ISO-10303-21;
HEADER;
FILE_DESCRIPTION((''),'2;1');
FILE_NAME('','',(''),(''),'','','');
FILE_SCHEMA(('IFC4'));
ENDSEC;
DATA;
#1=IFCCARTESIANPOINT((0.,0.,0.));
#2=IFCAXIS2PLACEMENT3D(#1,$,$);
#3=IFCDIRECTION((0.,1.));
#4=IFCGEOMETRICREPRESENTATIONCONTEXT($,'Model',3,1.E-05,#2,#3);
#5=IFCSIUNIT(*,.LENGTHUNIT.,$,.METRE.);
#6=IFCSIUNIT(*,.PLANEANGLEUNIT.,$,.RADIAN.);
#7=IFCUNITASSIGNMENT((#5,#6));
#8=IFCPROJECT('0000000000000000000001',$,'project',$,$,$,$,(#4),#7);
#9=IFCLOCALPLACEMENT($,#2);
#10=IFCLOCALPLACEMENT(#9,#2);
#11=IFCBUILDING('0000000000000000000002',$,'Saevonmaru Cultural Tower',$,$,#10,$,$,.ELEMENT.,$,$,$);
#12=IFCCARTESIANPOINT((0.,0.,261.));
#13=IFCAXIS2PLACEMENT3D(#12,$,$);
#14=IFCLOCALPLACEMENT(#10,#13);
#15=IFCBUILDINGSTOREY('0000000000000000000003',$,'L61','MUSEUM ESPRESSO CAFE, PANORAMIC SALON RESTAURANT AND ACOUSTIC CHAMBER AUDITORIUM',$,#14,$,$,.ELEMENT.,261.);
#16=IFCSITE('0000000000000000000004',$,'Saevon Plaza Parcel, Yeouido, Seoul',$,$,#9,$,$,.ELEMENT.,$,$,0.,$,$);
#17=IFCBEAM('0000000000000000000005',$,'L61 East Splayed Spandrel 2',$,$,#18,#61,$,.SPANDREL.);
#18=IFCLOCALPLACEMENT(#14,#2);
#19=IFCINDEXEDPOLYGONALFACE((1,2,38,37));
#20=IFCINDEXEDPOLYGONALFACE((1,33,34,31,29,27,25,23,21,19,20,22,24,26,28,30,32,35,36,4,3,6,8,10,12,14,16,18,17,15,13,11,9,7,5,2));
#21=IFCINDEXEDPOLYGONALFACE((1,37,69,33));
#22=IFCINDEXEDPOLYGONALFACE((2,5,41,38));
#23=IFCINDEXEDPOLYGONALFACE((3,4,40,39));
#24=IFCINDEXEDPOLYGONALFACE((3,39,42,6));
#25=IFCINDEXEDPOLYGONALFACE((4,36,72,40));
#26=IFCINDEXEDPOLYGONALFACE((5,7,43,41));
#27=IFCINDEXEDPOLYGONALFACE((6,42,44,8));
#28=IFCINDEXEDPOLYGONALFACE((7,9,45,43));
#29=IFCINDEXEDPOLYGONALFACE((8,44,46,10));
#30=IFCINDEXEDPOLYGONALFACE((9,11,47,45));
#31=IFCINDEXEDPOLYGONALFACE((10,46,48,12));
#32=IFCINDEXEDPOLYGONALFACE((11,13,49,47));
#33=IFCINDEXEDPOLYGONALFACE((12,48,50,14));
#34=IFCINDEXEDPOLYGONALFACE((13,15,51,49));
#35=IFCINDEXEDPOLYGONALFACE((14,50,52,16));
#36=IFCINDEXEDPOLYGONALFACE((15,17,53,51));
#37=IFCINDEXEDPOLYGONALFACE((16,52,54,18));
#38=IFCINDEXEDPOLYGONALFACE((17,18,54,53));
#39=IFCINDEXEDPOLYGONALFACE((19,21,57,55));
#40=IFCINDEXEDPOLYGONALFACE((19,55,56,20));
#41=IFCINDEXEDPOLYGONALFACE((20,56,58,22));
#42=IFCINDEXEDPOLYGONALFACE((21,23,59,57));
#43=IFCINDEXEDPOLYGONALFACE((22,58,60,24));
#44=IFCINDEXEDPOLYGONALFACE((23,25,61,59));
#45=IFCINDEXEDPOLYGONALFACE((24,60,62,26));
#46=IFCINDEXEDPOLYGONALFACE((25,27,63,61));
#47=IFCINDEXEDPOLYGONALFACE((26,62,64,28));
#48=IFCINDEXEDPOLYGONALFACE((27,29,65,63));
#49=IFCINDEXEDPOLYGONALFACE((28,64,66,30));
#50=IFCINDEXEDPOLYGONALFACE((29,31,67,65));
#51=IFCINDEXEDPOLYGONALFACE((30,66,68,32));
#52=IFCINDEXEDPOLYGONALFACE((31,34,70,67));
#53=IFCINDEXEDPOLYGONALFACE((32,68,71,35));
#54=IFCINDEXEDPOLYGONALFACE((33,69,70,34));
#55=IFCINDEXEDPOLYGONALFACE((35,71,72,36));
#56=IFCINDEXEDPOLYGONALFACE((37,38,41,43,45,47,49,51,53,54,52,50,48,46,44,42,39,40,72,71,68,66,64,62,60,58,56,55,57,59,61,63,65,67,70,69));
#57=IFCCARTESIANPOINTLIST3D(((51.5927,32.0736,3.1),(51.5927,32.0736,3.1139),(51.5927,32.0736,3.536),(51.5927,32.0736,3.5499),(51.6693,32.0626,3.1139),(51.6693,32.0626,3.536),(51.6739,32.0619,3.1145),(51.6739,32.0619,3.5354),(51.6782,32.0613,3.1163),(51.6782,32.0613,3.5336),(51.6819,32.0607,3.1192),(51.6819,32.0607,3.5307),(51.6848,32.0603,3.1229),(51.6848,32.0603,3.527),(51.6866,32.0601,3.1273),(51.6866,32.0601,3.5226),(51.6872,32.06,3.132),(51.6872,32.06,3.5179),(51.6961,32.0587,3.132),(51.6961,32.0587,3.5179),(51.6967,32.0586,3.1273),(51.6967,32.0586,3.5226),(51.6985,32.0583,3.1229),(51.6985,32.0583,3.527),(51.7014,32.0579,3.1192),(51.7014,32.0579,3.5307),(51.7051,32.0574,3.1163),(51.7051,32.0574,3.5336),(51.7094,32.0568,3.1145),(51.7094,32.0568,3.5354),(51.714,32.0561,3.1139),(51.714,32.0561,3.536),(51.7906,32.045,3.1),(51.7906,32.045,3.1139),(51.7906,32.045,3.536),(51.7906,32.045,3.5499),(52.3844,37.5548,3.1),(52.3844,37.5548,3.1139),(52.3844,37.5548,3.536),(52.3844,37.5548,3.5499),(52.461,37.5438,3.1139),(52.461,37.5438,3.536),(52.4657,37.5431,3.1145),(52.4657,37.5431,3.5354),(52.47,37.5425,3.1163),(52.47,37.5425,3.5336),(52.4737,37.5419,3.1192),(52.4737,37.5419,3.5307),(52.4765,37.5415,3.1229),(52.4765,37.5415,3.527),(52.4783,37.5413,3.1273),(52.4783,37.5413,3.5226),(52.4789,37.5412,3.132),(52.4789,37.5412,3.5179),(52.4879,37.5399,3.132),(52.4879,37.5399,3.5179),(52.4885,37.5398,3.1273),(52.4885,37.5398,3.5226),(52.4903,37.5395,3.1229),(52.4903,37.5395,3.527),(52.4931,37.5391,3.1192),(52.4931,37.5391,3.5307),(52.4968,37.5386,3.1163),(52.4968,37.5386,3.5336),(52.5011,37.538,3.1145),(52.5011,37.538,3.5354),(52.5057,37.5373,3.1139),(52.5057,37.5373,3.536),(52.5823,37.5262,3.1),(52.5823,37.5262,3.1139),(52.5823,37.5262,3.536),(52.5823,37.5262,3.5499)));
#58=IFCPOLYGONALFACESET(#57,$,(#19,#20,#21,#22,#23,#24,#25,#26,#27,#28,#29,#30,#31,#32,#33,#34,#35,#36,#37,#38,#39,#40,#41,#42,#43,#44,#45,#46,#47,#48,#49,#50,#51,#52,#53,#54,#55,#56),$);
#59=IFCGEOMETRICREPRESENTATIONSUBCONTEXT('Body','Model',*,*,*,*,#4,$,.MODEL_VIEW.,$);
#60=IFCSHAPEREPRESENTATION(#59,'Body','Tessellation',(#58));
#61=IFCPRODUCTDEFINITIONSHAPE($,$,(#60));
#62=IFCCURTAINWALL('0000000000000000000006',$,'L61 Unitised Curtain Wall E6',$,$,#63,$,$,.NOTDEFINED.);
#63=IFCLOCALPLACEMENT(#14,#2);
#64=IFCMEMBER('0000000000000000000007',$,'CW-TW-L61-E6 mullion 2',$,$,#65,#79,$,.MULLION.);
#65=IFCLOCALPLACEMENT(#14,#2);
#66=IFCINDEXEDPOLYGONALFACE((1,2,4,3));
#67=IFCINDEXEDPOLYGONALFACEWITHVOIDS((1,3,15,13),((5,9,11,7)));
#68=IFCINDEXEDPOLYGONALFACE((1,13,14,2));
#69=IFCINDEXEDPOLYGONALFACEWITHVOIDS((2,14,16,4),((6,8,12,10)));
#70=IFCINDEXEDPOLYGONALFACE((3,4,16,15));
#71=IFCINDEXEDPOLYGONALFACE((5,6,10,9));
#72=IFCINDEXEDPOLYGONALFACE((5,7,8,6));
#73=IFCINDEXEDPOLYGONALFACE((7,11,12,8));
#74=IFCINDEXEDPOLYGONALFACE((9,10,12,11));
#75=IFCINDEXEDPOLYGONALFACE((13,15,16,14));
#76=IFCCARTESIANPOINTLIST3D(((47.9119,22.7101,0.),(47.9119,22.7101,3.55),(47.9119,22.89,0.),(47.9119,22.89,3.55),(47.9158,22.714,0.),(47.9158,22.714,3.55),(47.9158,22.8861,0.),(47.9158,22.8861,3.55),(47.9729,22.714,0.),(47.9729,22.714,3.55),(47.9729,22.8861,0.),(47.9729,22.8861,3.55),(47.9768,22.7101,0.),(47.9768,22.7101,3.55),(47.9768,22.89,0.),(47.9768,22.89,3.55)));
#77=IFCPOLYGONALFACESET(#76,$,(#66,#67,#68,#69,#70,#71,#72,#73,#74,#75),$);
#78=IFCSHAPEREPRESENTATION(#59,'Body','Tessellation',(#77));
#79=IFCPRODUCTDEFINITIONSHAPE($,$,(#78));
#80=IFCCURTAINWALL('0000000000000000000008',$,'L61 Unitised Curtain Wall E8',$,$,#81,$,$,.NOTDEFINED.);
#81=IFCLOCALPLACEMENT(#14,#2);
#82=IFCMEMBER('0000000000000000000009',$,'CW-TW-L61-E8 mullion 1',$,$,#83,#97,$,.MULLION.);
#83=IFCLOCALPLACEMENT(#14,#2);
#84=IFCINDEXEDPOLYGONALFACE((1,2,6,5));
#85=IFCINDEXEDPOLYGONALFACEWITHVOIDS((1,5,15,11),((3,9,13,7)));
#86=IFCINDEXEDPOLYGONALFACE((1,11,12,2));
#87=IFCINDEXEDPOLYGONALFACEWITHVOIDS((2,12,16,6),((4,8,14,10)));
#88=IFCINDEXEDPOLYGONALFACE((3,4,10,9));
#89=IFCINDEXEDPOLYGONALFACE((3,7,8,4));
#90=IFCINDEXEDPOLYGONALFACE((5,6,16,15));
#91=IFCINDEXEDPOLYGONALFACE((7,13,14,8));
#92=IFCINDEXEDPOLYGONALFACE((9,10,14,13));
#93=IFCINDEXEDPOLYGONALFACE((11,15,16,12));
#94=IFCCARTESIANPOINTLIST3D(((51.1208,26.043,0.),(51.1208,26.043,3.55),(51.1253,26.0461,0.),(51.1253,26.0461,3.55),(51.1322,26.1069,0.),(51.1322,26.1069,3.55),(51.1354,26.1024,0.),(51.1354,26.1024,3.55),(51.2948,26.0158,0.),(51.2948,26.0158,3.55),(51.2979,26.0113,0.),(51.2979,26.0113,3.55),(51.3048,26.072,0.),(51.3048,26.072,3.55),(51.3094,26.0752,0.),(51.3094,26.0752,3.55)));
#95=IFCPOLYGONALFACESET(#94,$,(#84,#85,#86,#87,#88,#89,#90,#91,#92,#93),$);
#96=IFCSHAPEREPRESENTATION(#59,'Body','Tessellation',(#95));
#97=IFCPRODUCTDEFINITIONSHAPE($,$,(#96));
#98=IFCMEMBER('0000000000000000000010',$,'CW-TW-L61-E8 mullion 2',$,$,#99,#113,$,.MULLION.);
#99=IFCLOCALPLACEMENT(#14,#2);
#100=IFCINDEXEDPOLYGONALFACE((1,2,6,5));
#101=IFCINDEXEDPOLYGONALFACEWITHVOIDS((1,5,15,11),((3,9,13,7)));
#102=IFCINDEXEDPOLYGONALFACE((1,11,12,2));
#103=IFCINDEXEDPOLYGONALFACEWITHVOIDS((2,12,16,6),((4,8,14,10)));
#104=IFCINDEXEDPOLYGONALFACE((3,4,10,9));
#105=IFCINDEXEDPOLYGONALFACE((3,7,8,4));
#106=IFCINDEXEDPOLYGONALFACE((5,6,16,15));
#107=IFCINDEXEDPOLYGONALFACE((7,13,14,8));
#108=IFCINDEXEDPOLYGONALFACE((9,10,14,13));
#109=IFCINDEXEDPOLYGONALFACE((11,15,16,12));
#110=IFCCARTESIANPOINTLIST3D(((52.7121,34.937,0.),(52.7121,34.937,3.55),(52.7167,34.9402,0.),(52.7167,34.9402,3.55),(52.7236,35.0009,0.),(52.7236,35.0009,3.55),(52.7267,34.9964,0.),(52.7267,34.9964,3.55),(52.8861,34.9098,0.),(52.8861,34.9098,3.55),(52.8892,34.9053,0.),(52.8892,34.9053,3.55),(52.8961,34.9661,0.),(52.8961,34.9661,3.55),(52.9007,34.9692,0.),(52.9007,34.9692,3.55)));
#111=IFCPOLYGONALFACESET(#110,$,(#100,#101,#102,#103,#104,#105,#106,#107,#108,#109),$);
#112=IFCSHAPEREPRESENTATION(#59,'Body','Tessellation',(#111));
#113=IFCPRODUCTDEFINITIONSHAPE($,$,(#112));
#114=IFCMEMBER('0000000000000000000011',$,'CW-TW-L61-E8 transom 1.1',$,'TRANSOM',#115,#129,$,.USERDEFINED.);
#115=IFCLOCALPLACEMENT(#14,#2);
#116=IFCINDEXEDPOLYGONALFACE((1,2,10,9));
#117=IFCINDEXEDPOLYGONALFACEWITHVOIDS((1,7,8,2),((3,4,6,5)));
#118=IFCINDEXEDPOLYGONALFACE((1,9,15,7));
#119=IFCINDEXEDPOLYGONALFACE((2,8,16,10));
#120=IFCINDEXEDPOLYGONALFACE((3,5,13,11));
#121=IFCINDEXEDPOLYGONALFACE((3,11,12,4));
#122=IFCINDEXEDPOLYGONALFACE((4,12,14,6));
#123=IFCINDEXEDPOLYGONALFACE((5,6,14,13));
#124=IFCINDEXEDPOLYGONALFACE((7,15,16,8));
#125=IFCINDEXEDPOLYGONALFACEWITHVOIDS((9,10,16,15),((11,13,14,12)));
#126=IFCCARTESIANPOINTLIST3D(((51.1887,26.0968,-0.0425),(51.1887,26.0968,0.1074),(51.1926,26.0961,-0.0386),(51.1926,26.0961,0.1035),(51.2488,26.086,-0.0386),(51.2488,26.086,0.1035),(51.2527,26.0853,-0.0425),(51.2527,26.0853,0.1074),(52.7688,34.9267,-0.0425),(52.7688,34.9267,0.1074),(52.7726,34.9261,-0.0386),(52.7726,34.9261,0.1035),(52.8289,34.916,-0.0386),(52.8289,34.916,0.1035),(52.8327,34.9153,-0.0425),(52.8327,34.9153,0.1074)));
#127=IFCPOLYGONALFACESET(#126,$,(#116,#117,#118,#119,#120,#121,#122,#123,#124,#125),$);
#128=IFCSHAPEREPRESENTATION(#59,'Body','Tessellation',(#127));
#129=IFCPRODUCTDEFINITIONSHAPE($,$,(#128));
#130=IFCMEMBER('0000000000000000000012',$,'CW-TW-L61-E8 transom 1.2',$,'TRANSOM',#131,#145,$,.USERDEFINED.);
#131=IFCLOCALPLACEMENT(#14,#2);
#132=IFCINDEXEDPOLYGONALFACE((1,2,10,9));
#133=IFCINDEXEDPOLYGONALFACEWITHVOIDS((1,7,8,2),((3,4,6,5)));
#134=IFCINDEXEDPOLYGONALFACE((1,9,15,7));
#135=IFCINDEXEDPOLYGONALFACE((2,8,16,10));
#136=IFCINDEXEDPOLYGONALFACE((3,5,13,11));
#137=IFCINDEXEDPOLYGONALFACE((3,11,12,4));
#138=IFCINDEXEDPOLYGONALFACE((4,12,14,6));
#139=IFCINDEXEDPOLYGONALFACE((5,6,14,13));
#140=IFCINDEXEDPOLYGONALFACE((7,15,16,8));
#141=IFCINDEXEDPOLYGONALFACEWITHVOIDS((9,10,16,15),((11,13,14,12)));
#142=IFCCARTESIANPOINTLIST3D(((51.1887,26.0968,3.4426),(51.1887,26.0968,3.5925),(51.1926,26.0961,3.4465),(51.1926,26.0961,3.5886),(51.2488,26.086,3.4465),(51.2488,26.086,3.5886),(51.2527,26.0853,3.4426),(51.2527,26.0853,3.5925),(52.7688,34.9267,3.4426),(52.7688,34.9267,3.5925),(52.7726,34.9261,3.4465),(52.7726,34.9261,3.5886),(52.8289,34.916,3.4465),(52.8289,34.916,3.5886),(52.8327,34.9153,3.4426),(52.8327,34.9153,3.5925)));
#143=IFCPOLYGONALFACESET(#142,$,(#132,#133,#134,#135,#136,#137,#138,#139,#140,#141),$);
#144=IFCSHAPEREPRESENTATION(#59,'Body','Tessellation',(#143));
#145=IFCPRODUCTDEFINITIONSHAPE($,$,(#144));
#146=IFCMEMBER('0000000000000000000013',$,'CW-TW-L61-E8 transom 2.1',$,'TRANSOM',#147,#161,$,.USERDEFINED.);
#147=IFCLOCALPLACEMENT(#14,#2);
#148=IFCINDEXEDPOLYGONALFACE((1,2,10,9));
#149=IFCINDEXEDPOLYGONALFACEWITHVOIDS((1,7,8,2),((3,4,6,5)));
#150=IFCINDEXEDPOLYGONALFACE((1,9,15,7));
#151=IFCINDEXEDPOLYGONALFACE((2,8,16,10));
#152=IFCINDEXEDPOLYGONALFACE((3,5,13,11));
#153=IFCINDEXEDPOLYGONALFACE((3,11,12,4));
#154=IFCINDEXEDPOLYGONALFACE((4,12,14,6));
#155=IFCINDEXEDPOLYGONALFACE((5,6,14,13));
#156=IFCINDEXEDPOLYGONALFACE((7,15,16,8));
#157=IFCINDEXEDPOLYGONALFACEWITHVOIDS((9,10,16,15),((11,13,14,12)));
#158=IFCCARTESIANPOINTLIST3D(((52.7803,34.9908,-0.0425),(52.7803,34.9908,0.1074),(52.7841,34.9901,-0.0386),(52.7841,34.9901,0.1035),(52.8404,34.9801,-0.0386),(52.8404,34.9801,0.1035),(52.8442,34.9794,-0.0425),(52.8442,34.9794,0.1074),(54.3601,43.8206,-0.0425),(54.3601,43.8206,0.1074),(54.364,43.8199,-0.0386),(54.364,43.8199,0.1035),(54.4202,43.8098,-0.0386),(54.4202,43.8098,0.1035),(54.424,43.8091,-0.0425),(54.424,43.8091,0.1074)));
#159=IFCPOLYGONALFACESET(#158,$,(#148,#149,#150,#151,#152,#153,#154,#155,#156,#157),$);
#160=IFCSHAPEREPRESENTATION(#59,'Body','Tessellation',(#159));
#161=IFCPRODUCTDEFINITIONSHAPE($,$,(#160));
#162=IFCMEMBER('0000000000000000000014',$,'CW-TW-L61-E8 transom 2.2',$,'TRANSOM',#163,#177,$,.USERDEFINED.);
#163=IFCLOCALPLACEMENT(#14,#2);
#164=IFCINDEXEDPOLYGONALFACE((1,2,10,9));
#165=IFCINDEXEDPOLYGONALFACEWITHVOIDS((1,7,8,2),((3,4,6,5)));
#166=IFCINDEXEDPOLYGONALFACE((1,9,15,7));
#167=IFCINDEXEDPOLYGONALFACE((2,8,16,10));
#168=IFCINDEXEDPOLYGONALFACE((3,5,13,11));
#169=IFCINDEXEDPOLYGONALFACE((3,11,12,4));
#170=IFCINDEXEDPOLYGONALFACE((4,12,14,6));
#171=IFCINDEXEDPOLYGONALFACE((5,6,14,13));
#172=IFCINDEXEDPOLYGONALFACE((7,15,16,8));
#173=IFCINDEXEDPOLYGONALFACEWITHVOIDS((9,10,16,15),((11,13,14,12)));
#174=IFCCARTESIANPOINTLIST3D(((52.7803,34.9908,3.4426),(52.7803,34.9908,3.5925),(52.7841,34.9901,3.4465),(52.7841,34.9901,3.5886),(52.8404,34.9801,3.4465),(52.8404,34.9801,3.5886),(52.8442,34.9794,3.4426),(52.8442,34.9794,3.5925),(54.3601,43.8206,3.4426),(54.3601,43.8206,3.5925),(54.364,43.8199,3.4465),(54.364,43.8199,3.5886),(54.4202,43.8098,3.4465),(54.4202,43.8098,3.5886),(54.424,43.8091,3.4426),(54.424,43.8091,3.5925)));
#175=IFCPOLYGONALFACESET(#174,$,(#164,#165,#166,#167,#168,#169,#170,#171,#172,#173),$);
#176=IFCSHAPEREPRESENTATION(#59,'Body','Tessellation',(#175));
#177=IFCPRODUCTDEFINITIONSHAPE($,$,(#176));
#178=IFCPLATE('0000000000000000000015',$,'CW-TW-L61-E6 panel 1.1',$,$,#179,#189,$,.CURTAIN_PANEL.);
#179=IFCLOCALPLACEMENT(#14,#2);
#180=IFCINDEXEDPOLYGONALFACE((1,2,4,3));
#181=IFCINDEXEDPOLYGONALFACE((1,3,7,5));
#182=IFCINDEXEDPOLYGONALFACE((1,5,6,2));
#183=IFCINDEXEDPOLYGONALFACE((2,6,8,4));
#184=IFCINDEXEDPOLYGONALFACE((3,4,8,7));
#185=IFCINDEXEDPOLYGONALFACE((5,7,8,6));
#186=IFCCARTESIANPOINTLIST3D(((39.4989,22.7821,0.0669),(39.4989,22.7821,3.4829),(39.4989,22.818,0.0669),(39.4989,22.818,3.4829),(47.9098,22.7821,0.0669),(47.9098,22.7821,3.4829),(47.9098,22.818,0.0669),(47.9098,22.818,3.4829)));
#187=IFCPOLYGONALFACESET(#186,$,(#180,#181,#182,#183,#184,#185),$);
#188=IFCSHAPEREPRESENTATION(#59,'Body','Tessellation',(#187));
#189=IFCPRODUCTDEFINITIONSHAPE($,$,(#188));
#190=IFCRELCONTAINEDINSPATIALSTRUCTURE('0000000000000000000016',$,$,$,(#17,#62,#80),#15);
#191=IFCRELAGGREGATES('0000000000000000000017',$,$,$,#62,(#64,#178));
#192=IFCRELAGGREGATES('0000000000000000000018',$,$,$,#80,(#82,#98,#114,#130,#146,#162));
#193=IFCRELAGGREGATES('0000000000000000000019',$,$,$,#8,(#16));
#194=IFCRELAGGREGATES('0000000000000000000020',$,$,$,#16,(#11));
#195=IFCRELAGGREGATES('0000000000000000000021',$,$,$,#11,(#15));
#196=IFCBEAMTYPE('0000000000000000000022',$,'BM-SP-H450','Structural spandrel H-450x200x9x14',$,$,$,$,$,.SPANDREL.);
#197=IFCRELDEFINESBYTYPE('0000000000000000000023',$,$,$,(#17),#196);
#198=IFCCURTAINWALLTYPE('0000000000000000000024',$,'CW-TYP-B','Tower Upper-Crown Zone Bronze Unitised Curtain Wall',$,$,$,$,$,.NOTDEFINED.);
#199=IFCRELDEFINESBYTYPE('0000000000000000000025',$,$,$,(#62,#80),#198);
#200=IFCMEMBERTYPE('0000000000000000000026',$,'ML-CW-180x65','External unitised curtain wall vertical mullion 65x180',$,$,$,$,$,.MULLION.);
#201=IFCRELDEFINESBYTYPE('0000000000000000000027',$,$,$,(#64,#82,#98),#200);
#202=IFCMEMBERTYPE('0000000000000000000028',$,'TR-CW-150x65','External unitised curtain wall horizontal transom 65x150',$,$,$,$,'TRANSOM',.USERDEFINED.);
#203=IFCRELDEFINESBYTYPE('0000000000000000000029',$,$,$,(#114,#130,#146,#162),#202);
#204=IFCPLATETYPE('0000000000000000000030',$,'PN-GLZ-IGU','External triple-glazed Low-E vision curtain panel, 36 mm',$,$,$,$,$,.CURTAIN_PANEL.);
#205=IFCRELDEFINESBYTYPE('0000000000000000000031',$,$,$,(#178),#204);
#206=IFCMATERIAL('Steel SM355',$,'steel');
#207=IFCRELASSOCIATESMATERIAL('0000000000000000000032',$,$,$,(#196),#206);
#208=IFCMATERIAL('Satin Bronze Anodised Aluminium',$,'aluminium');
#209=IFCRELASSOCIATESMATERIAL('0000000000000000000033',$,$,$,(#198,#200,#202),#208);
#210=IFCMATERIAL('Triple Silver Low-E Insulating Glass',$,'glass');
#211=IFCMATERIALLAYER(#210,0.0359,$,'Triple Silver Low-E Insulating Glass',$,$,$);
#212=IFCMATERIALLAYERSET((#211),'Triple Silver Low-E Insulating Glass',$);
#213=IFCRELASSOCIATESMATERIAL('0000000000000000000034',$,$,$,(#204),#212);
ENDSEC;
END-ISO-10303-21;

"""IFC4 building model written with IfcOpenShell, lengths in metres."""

from ifc_helpers import new_model, si_unit, direction, frame, origin, origin_2d, place, context, subcontext, project, spatial, rectangle, hollow_rectangle, i_section, extrude, material, layer, layer_set, material_profile, profile_set, type_object, element, aggregate, save


model = new_model("IFC4")

# Units and contexts
model_context = context("Model", 3, precision=1e-05, world=origin(), true_north=direction((0.0, 1.0)))
body_context = subcontext(model_context, "Body", "Model", "MODEL_VIEW")
ifc_project = project(units=[si_unit("LENGTHUNIT", "METRE"), si_unit("PLANEANGLEUNIT", "RADIAN")], contexts=[model_context])

# Site, building, storey
site_placement = place(None, origin())
site = spatial("IfcSite", under=ifc_project, at=site_placement, Name="Saevon Plaza Parcel, Yeouido, Seoul", CompositionType="ELEMENT", RefElevation=0.0)
building_placement = place(site_placement, origin())
building = spatial("IfcBuilding", under=site, at=building_placement, Name="Saevonmaru Cultural Tower", CompositionType="ELEMENT")
storey_placement = place(building_placement, frame((0.0, 0.0, 261.0)))
storey = spatial("IfcBuildingStorey", under=building, at=storey_placement, Name="L61", Description="MUSEUM ESPRESSO CAFE, PANORAMIC SALON RESTAURANT AND ACOUSTIC CHAMBER AUDITORIUM", CompositionType="ELEMENT", Elevation=261.0)

# Shared definitions
ifc_material_1 = material(Name="Steel SM355", Category="steel")

# Beam
ifc_material_profile_1 = material_profile(ifc_material_1, i_section(OverallWidth=0.2, OverallDepth=0.45, WebThickness=0.009, FlangeThickness=0.0139, FilletRadius=0.0181, at=origin_2d()), Name="H-450x200x9x14")
ifc_profile_set_1 = profile_set([ifc_material_profile_1], Name="Steel SM355")
beam_type_1 = type_object("IfcBeamType", Name="BM-SP-H450", Description="Structural spandrel H-450x200x9x14", PredefinedType="SPANDREL", material=ifc_profile_set_1)
beam_1_placement = place(storey_placement, frame((51.6917, 32.0593, 3.325), z_axis=(0.142964, 0.989728, 0.0), x_axis=(-0.989728, 0.142964, 0.0)))
element("IfcBeam", 1, at=beam_1_placement, inside=storey, type_object=beam_type_1, Name="L61 East Splayed Spandrel 2", PredefinedType="SPANDREL", context=body_context, shape_type="SweptSolid", body=[
    extrude(i_section(OverallWidth=0.2, OverallDepth=0.45, WebThickness=0.009, FlangeThickness=0.0139, FilletRadius=0.0181, at=origin_2d()), origin(), (0.0, 0.0, 1.0), 5.5381),
])

# Curtain wall, member
ifc_material_2 = material(Name="Satin Bronze Anodised Aluminium", Category="aluminium")
curtain_wall_type = type_object("IfcCurtainWallType", Name="CW-TYP-B", Description="Tower Upper-Crown Zone Bronze Unitised Curtain Wall", PredefinedType="NOTDEFINED", material=ifc_material_2)
curtain_wall_1_placement = place(storey_placement, origin())
curtain_wall_1 = element("IfcCurtainWall", 2, at=curtain_wall_1_placement, inside=storey, type_object=curtain_wall_type, Name="L61 Unitised Curtain Wall E6", PredefinedType="NOTDEFINED")
ifc_material_profile_2 = material_profile(ifc_material_2, hollow_rectangle(XDim=0.0649, YDim=0.1799, WallThickness=0.0039, at=origin_2d()), Name="ALU-MULL-180x65x4")
ifc_profile_set_2 = profile_set([ifc_material_profile_2], Name="Satin Bronze Anodised Aluminium")
member_type_1 = type_object("IfcMemberType", Name="ML-CW-180x65", Description="External unitised curtain wall vertical mullion 65x180", PredefinedType="MULLION", material=ifc_profile_set_2)
member_1_placement = place(storey_placement, frame((47.9443, 22.8, 0.0), z_axis=(0.0, 0.0, 1.0), x_axis=(1.0, 0.0, 0.0)))
member_1 = element("IfcMember", 3, at=member_1_placement, type_object=member_type_1, Name="CW-TW-L61-E6 mullion 2", PredefinedType="MULLION", context=body_context, shape_type="SweptSolid", body=[
    extrude(hollow_rectangle(XDim=0.0649, YDim=0.1799, WallThickness=0.0039, at=origin_2d()), origin(), (0.0, 0.0, 1.0), 3.55),
])

# Curtain wall, members
curtain_wall_2_placement = place(storey_placement, origin())
curtain_wall_2 = element("IfcCurtainWall", 4, at=curtain_wall_2_placement, inside=storey, type_object=curtain_wall_type, Name="L61 Unitised Curtain Wall E8", PredefinedType="NOTDEFINED")
member_2_placement = place(storey_placement, frame((51.2151, 26.0591, 0.0), z_axis=(0.0, 0.0, 1.0), x_axis=(0.176141, 0.984365, 0.0)))
member_2 = element("IfcMember", 5, at=member_2_placement, type_object=member_type_1, Name="CW-TW-L61-E8 mullion 1", PredefinedType="MULLION", context=body_context, shape_type="SweptSolid", body=[
    extrude(hollow_rectangle(XDim=0.0649, YDim=0.1799, WallThickness=0.0039, at=origin_2d()), origin(), (0.0, 0.0, 1.0), 3.55),
])
member_3_placement = place(storey_placement, frame((52.8064, 34.9531, 0.0), z_axis=(0.0, 0.0, 1.0), x_axis=(0.176141, 0.984365, 0.0)))
member_3 = element("IfcMember", 6, at=member_3_placement, type_object=member_type_1, Name="CW-TW-L61-E8 mullion 2", PredefinedType="MULLION", context=body_context, shape_type="SweptSolid", body=[
    extrude(hollow_rectangle(XDim=0.0649, YDim=0.1799, WallThickness=0.0039, at=origin_2d()), origin(), (0.0, 0.0, 1.0), 3.55),
])
ifc_material_profile_3 = material_profile(ifc_material_2, hollow_rectangle(XDim=0.0649, YDim=0.1499, WallThickness=0.0039, at=origin_2d()), Name="ALU-TRAN-150x65x4")
ifc_profile_set_3 = profile_set([ifc_material_profile_3], Name="Satin Bronze Anodised Aluminium")
member_type_2 = type_object("IfcMemberType", Name="TR-CW-150x65", Description="External unitised curtain wall horizontal transom 65x150", ElementType="TRANSOM", PredefinedType="USERDEFINED", material=ifc_profile_set_3)
member_4_placement = place(storey_placement, frame((51.2207, 26.0911, 0.0325), z_axis=(0.176145, 0.984364, 0.0), x_axis=(-0.984364, 0.176145, 0.0)))
member_4 = element("IfcMember", 7, at=member_4_placement, type_object=member_type_2, Name="CW-TW-L61-E8 transom 1.1", ObjectType="TRANSOM", PredefinedType="USERDEFINED", context=body_context, shape_type="SweptSolid", body=[
    extrude(hollow_rectangle(XDim=0.0649, YDim=0.1499, WallThickness=0.0039, at=origin_2d()), origin(), (0.0, 0.0, 1.0), 8.9702),
])
member_5_placement = place(storey_placement, frame((51.2207, 26.0911, 3.5176), z_axis=(0.176145, 0.984364, 0.0), x_axis=(-0.984364, 0.176145, 0.0)))
member_5 = element("IfcMember", 8, at=member_5_placement, type_object=member_type_2, Name="CW-TW-L61-E8 transom 1.2", ObjectType="TRANSOM", PredefinedType="USERDEFINED", context=body_context, shape_type="SweptSolid", body=[
    extrude(hollow_rectangle(XDim=0.0649, YDim=0.1499, WallThickness=0.0039, at=origin_2d()), origin(), (0.0, 0.0, 1.0), 8.9702),
])
member_6_placement = place(storey_placement, frame((52.8123, 34.9851, 0.0325), z_axis=(0.176123, 0.984368, 0.0), x_axis=(-0.984368, 0.176123, 0.0)))
member_6 = element("IfcMember", 9, at=member_6_placement, type_object=member_type_2, Name="CW-TW-L61-E8 transom 2.1", ObjectType="TRANSOM", PredefinedType="USERDEFINED", context=body_context, shape_type="SweptSolid", body=[
    extrude(hollow_rectangle(XDim=0.0649, YDim=0.1499, WallThickness=0.0039, at=origin_2d()), origin(), (0.0, 0.0, 1.0), 8.97),
])
member_7_placement = place(storey_placement, frame((52.8123, 34.9851, 3.5176), z_axis=(0.176123, 0.984368, 0.0), x_axis=(-0.984368, 0.176123, 0.0)))
member_7 = element("IfcMember", 10, at=member_7_placement, type_object=member_type_2, Name="CW-TW-L61-E8 transom 2.2", ObjectType="TRANSOM", PredefinedType="USERDEFINED", context=body_context, shape_type="SweptSolid", body=[
    extrude(hollow_rectangle(XDim=0.0649, YDim=0.1499, WallThickness=0.0039, at=origin_2d()), origin(), (0.0, 0.0, 1.0), 8.97),
])

# Plate
ifc_material_3 = material(Name="Triple Silver Low-E Insulating Glass", Category="glass")
ifc_layer_1 = layer(ifc_material_3, 0.0359, Name="Triple Silver Low-E Insulating Glass")
ifc_layer_set_1 = layer_set([ifc_layer_1], Name="Triple Silver Low-E Insulating Glass")
plate_type = type_object("IfcPlateType", Name="PN-GLZ-IGU", Description="External triple-glazed Low-E vision curtain panel, 36 mm", PredefinedType="CURTAIN_PANEL", material=ifc_layer_set_1)
plate_1_placement = place(storey_placement, frame((43.7043, 22.8, 0.0669), z_axis=(0.0, 0.0, 1.0), x_axis=(1.0, 0.0, 0.0)))
plate_1 = element("IfcPlate", 11, at=plate_1_placement, type_object=plate_type, Name="CW-TW-L61-E6 panel 1.1", PredefinedType="CURTAIN_PANEL", context=body_context, shape_type="SweptSolid", body=[
    extrude(rectangle(XDim=8.4109, YDim=0.0359, at=origin_2d()), origin(), (0.0, 0.0, 1.0), 3.416),
])
aggregate(curtain_wall_1, [member_1, plate_1])
aggregate(curtain_wall_2, [member_2, member_3, member_4, member_5, member_6, member_7])

save(model, "model.ifc")
